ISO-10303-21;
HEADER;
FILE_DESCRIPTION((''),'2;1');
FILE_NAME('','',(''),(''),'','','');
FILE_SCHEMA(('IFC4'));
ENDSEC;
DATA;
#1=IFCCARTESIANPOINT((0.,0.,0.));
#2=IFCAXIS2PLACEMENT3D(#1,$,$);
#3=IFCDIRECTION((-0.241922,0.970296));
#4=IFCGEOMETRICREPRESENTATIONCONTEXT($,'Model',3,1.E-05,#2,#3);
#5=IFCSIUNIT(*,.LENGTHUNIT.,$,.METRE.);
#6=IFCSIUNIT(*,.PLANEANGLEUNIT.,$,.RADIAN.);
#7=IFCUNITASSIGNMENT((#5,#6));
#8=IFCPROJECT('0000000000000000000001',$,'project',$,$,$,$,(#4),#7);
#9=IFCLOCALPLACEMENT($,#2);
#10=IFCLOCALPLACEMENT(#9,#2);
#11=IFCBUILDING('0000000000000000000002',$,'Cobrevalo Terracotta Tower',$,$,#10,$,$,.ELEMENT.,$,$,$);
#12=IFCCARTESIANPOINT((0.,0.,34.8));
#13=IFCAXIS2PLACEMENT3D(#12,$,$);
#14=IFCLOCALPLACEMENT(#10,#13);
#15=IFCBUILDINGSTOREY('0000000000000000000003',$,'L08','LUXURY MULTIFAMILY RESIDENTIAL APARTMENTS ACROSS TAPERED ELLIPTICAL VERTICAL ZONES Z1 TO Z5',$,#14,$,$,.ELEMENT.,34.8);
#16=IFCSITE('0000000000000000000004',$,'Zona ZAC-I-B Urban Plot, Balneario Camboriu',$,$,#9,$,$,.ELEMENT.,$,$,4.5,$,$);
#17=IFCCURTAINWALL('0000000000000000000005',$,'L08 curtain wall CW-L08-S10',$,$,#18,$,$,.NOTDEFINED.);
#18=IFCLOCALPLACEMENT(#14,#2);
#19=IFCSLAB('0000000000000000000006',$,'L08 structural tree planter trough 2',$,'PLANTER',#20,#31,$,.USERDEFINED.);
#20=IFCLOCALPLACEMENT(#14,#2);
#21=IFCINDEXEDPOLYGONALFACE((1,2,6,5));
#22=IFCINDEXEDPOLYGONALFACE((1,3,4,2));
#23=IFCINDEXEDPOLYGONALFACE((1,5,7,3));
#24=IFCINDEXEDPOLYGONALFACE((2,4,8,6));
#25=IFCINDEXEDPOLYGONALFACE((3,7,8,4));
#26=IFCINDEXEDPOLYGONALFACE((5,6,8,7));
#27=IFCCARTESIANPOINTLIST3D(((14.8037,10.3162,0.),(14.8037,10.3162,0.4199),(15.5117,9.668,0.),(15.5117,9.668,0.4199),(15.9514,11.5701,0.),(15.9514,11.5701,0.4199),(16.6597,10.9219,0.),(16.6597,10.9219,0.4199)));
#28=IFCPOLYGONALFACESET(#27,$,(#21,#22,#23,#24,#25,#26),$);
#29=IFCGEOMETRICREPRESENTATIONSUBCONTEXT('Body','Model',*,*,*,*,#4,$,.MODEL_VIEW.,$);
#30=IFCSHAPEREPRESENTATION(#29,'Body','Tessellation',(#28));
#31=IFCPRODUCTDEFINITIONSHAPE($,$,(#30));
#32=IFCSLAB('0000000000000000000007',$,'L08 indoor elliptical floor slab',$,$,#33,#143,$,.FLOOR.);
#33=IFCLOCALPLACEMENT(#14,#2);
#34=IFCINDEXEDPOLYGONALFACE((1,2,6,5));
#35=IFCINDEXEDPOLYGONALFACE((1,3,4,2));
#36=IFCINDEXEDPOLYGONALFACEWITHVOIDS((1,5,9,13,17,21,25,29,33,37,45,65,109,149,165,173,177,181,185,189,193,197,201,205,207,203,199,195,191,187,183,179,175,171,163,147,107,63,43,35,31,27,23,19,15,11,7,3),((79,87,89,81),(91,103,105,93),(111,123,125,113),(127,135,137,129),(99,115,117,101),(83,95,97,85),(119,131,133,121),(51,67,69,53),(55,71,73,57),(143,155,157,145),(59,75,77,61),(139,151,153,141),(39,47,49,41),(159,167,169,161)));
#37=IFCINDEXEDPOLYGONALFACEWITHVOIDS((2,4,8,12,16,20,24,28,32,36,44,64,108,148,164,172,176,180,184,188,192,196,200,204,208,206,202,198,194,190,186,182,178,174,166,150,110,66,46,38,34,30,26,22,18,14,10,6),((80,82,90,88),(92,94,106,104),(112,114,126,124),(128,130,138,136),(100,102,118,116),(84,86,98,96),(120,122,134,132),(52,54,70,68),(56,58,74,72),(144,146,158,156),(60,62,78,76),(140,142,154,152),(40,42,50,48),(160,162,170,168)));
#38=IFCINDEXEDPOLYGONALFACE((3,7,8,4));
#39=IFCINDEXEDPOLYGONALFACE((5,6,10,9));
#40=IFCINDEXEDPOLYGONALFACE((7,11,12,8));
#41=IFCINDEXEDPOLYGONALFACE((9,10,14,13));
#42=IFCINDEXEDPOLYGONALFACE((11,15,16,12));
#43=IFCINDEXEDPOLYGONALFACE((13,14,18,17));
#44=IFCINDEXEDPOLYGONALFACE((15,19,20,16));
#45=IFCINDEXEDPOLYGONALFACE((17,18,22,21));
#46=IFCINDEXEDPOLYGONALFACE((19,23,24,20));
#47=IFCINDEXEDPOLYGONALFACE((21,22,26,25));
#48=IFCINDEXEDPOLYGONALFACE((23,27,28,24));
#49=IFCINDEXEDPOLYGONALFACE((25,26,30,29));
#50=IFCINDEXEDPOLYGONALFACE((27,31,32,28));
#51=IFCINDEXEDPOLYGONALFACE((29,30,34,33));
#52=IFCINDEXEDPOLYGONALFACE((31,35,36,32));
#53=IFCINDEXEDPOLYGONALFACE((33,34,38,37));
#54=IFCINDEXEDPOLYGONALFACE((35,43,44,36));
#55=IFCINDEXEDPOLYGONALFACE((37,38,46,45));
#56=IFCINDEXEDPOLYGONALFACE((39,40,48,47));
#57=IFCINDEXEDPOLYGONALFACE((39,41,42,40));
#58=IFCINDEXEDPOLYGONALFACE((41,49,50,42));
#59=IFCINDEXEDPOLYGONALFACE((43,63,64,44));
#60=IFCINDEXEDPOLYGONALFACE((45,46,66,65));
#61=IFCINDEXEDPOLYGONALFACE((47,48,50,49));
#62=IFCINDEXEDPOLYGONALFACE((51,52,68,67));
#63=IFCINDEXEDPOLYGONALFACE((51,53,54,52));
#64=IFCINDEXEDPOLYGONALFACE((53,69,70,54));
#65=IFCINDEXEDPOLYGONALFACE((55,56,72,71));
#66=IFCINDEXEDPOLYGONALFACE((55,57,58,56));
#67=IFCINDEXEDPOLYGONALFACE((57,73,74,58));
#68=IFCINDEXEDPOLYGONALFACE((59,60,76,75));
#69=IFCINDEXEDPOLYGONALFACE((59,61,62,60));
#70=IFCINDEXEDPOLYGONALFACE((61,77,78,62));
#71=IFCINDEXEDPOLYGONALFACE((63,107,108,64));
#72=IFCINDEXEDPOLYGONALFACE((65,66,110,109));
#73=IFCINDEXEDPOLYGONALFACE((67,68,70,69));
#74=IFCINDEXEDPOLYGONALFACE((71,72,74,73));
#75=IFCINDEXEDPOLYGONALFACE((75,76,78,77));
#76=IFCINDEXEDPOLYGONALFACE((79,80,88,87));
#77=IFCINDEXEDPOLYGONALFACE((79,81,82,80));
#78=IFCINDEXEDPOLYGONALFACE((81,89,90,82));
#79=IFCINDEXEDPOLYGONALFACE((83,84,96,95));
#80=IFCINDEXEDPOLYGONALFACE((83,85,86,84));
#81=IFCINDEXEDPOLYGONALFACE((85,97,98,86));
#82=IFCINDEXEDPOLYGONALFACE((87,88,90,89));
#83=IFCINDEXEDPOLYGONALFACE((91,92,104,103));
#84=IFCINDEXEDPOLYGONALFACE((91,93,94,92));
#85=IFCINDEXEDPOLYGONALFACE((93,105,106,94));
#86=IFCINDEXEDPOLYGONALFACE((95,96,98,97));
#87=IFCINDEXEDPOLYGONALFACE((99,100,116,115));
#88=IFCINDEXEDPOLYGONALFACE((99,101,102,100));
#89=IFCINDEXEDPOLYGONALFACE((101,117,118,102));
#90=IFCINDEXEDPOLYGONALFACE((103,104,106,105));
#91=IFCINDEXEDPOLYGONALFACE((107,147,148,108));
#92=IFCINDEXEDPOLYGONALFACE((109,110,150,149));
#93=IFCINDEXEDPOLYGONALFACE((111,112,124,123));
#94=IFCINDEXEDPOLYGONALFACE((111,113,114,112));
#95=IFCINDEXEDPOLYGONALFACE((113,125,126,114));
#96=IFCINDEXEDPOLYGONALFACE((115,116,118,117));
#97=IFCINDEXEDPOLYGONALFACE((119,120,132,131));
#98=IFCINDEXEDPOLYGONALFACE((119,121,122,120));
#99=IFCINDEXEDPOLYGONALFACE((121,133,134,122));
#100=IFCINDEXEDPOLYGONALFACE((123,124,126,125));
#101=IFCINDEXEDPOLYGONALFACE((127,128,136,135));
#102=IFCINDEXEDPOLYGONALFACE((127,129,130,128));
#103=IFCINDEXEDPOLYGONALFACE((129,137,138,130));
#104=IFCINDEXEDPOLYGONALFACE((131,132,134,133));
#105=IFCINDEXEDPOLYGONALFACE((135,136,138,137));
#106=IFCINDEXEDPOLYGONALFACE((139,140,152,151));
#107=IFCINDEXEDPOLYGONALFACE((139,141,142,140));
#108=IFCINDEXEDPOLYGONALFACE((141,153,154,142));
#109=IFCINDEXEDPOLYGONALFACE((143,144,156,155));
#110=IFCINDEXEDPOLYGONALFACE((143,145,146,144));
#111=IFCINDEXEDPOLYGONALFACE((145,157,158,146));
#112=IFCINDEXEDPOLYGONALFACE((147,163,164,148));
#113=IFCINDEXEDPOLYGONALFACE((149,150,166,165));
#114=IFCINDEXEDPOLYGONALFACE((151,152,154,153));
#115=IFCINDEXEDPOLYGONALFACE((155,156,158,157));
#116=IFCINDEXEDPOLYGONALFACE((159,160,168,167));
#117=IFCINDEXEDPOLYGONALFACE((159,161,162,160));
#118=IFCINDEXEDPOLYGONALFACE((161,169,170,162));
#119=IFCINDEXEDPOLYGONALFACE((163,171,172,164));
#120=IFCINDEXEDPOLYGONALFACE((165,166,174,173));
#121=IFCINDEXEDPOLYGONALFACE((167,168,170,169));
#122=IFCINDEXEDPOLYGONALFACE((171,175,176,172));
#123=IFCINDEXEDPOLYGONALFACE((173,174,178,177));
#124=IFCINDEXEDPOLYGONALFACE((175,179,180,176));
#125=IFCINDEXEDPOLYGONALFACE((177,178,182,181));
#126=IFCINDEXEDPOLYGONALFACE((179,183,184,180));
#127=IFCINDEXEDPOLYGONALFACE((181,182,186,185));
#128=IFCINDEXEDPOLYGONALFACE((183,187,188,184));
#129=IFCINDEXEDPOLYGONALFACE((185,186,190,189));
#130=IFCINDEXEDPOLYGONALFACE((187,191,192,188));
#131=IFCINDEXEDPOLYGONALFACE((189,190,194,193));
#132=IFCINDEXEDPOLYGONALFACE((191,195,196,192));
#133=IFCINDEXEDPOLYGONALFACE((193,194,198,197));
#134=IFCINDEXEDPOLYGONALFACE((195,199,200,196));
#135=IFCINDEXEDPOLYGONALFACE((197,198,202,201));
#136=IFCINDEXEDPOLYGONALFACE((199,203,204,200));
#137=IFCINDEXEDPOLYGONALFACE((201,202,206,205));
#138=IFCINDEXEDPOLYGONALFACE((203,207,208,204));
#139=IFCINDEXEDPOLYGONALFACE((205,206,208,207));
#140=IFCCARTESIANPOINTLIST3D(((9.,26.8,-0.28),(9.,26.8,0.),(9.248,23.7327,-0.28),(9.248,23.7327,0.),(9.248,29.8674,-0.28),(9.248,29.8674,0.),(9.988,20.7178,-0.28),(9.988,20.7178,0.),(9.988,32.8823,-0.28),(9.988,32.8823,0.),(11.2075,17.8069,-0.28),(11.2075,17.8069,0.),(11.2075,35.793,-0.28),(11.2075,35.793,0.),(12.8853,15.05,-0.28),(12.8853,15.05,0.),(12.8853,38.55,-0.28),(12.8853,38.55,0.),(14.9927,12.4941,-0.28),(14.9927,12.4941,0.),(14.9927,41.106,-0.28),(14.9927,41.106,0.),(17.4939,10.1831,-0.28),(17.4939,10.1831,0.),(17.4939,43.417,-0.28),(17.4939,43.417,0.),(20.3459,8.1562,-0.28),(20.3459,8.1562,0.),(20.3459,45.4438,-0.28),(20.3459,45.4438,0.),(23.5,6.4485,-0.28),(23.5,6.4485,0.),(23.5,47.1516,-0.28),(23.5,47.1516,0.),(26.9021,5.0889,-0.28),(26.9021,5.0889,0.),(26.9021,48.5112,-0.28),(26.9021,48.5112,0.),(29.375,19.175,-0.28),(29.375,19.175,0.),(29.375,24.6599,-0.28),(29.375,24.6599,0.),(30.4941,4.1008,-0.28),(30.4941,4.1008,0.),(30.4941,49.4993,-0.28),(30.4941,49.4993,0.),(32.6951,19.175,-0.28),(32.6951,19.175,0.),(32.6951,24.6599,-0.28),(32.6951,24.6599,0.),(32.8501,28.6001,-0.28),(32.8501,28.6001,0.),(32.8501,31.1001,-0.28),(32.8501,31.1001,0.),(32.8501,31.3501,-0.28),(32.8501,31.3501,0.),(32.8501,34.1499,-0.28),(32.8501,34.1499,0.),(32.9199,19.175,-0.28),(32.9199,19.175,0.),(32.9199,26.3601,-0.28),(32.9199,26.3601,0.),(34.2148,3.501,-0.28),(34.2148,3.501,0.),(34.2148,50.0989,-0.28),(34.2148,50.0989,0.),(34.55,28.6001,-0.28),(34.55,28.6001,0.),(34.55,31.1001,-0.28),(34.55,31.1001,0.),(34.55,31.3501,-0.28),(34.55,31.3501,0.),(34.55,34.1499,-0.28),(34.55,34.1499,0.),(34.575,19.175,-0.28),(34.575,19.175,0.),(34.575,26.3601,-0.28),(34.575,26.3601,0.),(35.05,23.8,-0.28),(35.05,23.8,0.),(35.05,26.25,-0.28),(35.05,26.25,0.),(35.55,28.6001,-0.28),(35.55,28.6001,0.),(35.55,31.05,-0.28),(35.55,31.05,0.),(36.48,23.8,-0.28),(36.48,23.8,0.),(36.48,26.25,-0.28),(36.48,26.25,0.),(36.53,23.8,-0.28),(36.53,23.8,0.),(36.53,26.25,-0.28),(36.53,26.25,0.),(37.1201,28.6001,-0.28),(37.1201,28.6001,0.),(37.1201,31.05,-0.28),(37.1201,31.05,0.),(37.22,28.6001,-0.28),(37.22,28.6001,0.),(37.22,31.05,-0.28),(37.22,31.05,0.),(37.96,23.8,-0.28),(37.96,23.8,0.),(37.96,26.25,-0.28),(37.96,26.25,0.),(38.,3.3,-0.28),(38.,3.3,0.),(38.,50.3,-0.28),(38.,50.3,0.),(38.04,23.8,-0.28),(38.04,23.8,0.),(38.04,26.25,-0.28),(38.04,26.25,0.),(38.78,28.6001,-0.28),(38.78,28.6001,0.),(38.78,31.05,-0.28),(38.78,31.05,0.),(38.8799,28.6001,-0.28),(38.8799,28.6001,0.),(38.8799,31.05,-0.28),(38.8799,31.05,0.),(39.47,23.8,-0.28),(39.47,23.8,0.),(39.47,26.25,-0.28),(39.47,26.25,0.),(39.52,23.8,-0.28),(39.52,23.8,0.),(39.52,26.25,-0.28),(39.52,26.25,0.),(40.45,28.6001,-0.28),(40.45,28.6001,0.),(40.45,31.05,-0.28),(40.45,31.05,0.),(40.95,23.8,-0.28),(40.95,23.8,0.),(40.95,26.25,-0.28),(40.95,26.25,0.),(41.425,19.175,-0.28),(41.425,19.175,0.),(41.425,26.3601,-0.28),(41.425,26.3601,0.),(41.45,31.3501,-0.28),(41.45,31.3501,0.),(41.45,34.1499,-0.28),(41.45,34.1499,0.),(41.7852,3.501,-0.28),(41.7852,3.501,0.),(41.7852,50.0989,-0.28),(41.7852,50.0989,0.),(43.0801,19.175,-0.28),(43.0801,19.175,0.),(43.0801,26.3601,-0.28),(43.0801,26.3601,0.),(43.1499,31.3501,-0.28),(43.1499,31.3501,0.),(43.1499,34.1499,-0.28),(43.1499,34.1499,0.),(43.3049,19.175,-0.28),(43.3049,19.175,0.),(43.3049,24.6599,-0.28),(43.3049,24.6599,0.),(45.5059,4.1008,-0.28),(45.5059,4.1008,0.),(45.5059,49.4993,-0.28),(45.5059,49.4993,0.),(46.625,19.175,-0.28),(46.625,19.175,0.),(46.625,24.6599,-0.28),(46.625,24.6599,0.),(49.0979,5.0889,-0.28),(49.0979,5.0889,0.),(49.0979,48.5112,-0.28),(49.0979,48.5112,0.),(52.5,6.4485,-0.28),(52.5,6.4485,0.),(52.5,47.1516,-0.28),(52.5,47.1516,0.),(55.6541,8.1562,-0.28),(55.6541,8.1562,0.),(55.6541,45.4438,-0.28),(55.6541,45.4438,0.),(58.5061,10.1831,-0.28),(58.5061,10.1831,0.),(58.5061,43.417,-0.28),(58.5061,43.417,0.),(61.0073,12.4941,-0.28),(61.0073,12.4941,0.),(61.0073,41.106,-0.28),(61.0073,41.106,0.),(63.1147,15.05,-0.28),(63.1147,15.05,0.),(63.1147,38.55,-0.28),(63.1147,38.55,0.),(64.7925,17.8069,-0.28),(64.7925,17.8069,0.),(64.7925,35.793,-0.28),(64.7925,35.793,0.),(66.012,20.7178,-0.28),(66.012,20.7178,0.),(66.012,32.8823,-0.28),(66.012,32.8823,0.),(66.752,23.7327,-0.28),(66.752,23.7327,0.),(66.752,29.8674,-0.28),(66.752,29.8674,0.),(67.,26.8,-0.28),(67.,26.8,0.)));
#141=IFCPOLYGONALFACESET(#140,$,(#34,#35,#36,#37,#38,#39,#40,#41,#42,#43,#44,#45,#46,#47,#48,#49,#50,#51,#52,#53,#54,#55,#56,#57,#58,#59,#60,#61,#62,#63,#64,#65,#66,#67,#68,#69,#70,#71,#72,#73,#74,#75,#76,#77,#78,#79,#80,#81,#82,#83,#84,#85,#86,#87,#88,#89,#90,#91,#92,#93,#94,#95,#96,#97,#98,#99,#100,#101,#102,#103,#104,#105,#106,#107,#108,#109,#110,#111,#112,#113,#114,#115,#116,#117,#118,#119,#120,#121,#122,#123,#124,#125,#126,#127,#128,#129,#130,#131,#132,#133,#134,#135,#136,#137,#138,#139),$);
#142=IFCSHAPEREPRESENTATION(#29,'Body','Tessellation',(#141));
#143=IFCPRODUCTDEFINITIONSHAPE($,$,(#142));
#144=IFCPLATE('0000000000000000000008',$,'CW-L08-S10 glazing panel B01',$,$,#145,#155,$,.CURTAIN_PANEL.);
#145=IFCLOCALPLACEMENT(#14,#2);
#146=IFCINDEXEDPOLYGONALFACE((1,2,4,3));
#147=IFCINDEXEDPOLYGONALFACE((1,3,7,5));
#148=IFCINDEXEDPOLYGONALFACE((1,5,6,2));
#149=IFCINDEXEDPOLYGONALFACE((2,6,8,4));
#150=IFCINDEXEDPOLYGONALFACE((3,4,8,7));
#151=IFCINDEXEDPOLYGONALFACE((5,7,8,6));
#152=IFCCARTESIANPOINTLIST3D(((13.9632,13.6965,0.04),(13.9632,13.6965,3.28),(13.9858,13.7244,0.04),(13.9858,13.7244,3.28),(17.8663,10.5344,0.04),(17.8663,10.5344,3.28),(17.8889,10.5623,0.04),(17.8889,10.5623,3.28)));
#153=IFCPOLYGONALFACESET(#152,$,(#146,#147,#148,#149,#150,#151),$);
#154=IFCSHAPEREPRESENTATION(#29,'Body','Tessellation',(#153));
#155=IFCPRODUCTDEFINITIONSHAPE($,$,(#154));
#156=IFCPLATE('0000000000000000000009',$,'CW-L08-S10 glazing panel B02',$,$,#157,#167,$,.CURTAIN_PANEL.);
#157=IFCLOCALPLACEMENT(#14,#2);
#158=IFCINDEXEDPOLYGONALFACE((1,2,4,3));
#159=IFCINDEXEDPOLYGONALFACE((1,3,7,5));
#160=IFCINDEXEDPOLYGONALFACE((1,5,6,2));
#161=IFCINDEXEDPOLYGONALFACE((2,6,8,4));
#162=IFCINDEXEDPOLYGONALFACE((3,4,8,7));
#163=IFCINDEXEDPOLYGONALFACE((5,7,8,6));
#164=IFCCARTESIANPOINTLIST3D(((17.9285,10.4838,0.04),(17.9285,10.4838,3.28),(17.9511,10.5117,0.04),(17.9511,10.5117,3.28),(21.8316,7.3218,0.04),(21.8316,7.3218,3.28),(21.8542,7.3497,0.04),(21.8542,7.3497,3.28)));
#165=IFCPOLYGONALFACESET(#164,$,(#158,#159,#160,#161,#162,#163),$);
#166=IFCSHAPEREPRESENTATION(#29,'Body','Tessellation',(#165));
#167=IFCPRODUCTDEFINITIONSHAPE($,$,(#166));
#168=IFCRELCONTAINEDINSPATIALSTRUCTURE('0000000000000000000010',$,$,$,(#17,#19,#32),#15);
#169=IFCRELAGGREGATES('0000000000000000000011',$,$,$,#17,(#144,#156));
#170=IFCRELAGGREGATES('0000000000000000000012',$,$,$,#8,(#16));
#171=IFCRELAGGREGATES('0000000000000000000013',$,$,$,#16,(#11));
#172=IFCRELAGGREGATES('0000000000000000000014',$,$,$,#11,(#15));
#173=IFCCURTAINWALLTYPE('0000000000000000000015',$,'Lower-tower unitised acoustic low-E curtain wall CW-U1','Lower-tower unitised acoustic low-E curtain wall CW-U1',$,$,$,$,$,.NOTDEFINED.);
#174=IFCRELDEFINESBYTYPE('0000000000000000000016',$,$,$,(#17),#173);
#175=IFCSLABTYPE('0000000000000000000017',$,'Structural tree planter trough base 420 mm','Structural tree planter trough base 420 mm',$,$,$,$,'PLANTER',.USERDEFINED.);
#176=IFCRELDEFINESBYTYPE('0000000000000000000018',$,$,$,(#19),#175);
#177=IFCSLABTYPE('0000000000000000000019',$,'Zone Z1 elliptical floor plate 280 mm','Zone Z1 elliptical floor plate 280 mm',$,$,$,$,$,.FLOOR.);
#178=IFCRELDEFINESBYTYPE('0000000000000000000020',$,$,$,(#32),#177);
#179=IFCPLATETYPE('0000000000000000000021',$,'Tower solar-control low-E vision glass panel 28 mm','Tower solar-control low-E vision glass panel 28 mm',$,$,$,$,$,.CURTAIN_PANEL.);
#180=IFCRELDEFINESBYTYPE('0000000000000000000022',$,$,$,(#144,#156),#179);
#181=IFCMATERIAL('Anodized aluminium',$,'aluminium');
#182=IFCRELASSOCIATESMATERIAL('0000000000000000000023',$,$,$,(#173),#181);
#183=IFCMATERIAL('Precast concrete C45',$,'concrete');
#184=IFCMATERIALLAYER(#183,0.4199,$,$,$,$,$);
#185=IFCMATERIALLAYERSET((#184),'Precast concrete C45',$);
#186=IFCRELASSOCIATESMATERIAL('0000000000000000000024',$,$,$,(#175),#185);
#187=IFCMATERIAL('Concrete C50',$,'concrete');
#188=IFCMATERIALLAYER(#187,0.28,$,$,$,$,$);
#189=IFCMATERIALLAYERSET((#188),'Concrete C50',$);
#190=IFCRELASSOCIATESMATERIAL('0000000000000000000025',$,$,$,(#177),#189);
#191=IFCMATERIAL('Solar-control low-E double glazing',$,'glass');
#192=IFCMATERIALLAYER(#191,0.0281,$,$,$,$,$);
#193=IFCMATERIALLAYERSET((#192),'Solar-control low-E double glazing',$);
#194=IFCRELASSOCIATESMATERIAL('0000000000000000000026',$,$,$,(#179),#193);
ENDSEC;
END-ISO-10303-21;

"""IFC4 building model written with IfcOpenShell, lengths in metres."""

from ifc_helpers import new_model, si_unit, direction, frame, origin, origin_2d, place, context, subcontext, project, spatial, polyline, rectangle, outline, extrude, source, transform, mapped, material, layer, layer_set, type_object, element, aggregate, save


model = new_model("IFC4")

# Units and contexts
model_context = context("Model", 3, precision=1e-05, world=origin(), true_north=direction((-0.241922, 0.970296)))
body_context = subcontext(model_context, "Body", "Model", "MODEL_VIEW")
ifc_project = project(units=[si_unit("LENGTHUNIT", "METRE"), si_unit("PLANEANGLEUNIT", "RADIAN")], contexts=[model_context])

# Site, building, storey
site_placement = place(None, origin())
site = spatial("IfcSite", under=ifc_project, at=site_placement, Name="Zona ZAC-I-B Urban Plot, Balneario Camboriu", CompositionType="ELEMENT", RefElevation=4.5)
building_placement = place(site_placement, origin())
building = spatial("IfcBuilding", under=site, at=building_placement, Name="Cobrevalo Terracotta Tower", CompositionType="ELEMENT")
storey_placement = place(building_placement, frame((0.0, 0.0, 34.8)))
storey = spatial("IfcBuildingStorey", under=building, at=storey_placement, Name="L08", Description="LUXURY MULTIFAMILY RESIDENTIAL APARTMENTS ACROSS TAPERED ELLIPTICAL VERTICAL ZONES Z1 TO Z5", CompositionType="ELEMENT", Elevation=34.8)

# Curtain wall
ifc_material_1 = material(Name="Anodized aluminium", Category="aluminium")
curtain_wall_type = type_object("IfcCurtainWallType", Name="Lower-tower unitised acoustic low-E curtain wall CW-U1", Description="Lower-tower unitised acoustic low-E curtain wall CW-U1", PredefinedType="NOTDEFINED", material=ifc_material_1)
curtain_wall_placement = place(storey_placement, origin())
curtain_wall = element("IfcCurtainWall", 1, at=curtain_wall_placement, inside=storey, type_object=curtain_wall_type, Name="L08 curtain wall CW-L08-S10", PredefinedType="NOTDEFINED")

# Shared definitions
ifc_material_2 = material(Name="Concrete C50", Category="concrete")

# Slabs
ifc_material_3 = material(Name="Precast concrete C45", Category="concrete")
ifc_layer_1 = layer(ifc_material_3, 0.4199)
ifc_layer_set_1 = layer_set([ifc_layer_1], Name="Precast concrete C45")
slab_type_1 = type_object("IfcSlabType", Name="Structural tree planter trough base 420 mm", Description="Structural tree planter trough base 420 mm", ElementType="PLANTER", PredefinedType="USERDEFINED", material=ifc_layer_set_1)
slab_1_placement = place(storey_placement, origin())
element("IfcSlab", 2, at=slab_1_placement, inside=storey, type_object=slab_type_1, Name="L08 structural tree planter trough 2", ObjectType="PLANTER", PredefinedType="USERDEFINED", context=body_context, shape_type="SweptSolid", body=[
    extrude(outline(polyline([(15.9514, 11.5701), (14.8037, 10.3162), (15.5117, 9.668), (16.6597, 10.9219), (15.9514, 11.5701)])), origin(), (0.0, 0.0, 1.0), 0.4199),
])
ifc_layer_2 = layer(ifc_material_2, 0.28)
ifc_layer_set_2 = layer_set([ifc_layer_2], Name="Concrete C50")
slab_type_2 = type_object("IfcSlabType", Name="Zone Z1 elliptical floor plate 280 mm", Description="Zone Z1 elliptical floor plate 280 mm", PredefinedType="FLOOR", material=ifc_layer_set_2)
slab_2_placement = place(storey_placement, frame((0.0, 0.0, -0.28)))
element("IfcSlab", 3, at=slab_2_placement, inside=storey, type_object=slab_type_2, Name="L08 indoor elliptical floor slab", PredefinedType="FLOOR", context=body_context, shape_type="SweptSolid", body=[
    extrude(outline(polyline([(66.752, 23.7327), (66.012, 20.7178), (64.7925, 17.8069), (63.1147, 15.05), (61.0073, 12.4941), (58.5061, 10.1831), (55.6541, 8.1562), (52.5, 6.4485), (49.0979, 5.0889), (45.5059, 4.1008), (41.7852, 3.501), (38.0, 3.3), (34.2148, 3.501), (30.4941, 4.1008), (26.9021, 5.0889), (23.5, 6.4485), (20.3459, 8.1562), (17.4939, 10.1831), (14.9927, 12.4941), (12.8853, 15.05), (11.2075, 17.8069), (9.988, 20.7178), (9.248, 23.7327), (9.0, 26.8), (9.248, 29.8674), (9.988, 32.8823), (11.2075, 35.793), (12.8853, 38.55), (14.9927, 41.106), (17.4939, 43.417), (20.3459, 45.4438), (23.5, 47.1516), (26.9021, 48.5112), (30.4941, 49.4993), (34.2148, 50.0989), (38.0, 50.3), (41.7852, 50.0989), (45.5059, 49.4993), (49.0979, 48.5112), (52.5, 47.1516), (55.6541, 45.4438), (58.5061, 43.417), (61.0073, 41.106), (63.1147, 38.55), (64.7925, 35.793), (66.012, 32.8823), (66.752, 29.8674), (67.0, 26.8), (66.752, 23.7327)]), holes=[polyline([(32.6951, 19.175), (32.6951, 24.6599), (29.375, 24.6599), (29.375, 19.175), (32.6951, 19.175)]), polyline([(34.575, 19.175), (34.575, 26.3601), (32.9199, 26.3601), (32.9199, 19.175), (34.575, 19.175)]), polyline([(36.48, 23.8), (36.48, 26.25), (35.05, 26.25), (35.05, 23.8), (36.48, 23.8)]), polyline([(37.96, 23.8), (37.96, 26.25), (36.53, 26.25), (36.53, 23.8), (37.96, 23.8)]), polyline([(37.1201, 28.6001), (37.1201, 31.05), (35.55, 31.05), (35.55, 28.6001), (37.1201, 28.6001)]), polyline([(34.55, 28.6001), (34.55, 31.1001), (32.8501, 31.1001), (32.8501, 28.6001), (34.55, 28.6001)]), polyline([(34.55, 31.3501), (34.55, 34.1499), (32.8501, 34.1499), (32.8501, 31.3501), (34.55, 31.3501)]), polyline([(46.625, 19.175), (46.625, 24.6599), (43.3049, 24.6599), (43.3049, 19.175), (46.625, 19.175)]), polyline([(43.0801, 19.175), (43.0801, 26.3601), (41.425, 26.3601), (41.425, 19.175), (43.0801, 19.175)]), polyline([(39.47, 23.8), (39.47, 26.25), (38.04, 26.25), (38.04, 23.8), (39.47, 23.8)]), polyline([(40.95, 23.8), (40.95, 26.25), (39.52, 26.25), (39.52, 23.8), (40.95, 23.8)]), polyline([(38.78, 28.6001), (38.78, 31.05), (37.22, 31.05), (37.22, 28.6001), (38.78, 28.6001)]), polyline([(40.45, 28.6001), (40.45, 31.05), (38.8799, 31.05), (38.8799, 28.6001), (40.45, 28.6001)]), polyline([(43.1499, 31.3501), (43.1499, 34.1499), (41.45, 34.1499), (41.45, 31.3501), (43.1499, 31.3501)])]), origin(), (0.0, 0.0, 1.0), 0.28),
])

# Plates
ifc_material_4 = material(Name="Solar-control low-E double glazing", Category="glass")
ifc_layer_3 = layer(ifc_material_4, 0.0281)
ifc_layer_set_3 = layer_set([ifc_layer_3], Name="Solar-control low-E double glazing")
plate_type = type_object("IfcPlateType", Name="Tower solar-control low-E vision glass panel 28 mm", Description="Tower solar-control low-E vision glass panel 28 mm", PredefinedType="CURTAIN_PANEL", material=ifc_layer_set_3)
shared_shape_1 = source(origin(), body_context, "Body", "SweptSolid", [
    extrude(rectangle(XDim=5.0232, YDim=0.0359, at=origin_2d()), origin(), (0.0, 0.0, 1.0), 3.24),
])
plate_1_placement = place(storey_placement, frame((15.926, 12.1294, 0.04), z_axis=(0.0, 0.0, 1.0), x_axis=(0.777008, -0.629491, 0.0)))
plate_1 = element("IfcPlate", 4, at=plate_1_placement, type_object=plate_type, Name="CW-L08-S10 glazing panel B01", PredefinedType="CURTAIN_PANEL", context=body_context, shape_type="MappedRepresentation", body=[
    mapped(shared_shape_1, transform((0.0, 0.0, 0.0), scale=1.0)),
])
plate_2_placement = place(storey_placement, frame((19.8914, 8.9167, 0.04), z_axis=(0.0, 0.0, 1.0), x_axis=(0.777008, -0.629491, 0.0)))
plate_2 = element("IfcPlate", 5, at=plate_2_placement, type_object=plate_type, Name="CW-L08-S10 glazing panel B02", PredefinedType="CURTAIN_PANEL", context=body_context, shape_type="MappedRepresentation", body=[
    mapped(shared_shape_1, transform((0.0, 0.0, 0.0), scale=1.0)),
])
aggregate(curtain_wall, [plate_1, plate_2])

save(model, "model.ifc")
